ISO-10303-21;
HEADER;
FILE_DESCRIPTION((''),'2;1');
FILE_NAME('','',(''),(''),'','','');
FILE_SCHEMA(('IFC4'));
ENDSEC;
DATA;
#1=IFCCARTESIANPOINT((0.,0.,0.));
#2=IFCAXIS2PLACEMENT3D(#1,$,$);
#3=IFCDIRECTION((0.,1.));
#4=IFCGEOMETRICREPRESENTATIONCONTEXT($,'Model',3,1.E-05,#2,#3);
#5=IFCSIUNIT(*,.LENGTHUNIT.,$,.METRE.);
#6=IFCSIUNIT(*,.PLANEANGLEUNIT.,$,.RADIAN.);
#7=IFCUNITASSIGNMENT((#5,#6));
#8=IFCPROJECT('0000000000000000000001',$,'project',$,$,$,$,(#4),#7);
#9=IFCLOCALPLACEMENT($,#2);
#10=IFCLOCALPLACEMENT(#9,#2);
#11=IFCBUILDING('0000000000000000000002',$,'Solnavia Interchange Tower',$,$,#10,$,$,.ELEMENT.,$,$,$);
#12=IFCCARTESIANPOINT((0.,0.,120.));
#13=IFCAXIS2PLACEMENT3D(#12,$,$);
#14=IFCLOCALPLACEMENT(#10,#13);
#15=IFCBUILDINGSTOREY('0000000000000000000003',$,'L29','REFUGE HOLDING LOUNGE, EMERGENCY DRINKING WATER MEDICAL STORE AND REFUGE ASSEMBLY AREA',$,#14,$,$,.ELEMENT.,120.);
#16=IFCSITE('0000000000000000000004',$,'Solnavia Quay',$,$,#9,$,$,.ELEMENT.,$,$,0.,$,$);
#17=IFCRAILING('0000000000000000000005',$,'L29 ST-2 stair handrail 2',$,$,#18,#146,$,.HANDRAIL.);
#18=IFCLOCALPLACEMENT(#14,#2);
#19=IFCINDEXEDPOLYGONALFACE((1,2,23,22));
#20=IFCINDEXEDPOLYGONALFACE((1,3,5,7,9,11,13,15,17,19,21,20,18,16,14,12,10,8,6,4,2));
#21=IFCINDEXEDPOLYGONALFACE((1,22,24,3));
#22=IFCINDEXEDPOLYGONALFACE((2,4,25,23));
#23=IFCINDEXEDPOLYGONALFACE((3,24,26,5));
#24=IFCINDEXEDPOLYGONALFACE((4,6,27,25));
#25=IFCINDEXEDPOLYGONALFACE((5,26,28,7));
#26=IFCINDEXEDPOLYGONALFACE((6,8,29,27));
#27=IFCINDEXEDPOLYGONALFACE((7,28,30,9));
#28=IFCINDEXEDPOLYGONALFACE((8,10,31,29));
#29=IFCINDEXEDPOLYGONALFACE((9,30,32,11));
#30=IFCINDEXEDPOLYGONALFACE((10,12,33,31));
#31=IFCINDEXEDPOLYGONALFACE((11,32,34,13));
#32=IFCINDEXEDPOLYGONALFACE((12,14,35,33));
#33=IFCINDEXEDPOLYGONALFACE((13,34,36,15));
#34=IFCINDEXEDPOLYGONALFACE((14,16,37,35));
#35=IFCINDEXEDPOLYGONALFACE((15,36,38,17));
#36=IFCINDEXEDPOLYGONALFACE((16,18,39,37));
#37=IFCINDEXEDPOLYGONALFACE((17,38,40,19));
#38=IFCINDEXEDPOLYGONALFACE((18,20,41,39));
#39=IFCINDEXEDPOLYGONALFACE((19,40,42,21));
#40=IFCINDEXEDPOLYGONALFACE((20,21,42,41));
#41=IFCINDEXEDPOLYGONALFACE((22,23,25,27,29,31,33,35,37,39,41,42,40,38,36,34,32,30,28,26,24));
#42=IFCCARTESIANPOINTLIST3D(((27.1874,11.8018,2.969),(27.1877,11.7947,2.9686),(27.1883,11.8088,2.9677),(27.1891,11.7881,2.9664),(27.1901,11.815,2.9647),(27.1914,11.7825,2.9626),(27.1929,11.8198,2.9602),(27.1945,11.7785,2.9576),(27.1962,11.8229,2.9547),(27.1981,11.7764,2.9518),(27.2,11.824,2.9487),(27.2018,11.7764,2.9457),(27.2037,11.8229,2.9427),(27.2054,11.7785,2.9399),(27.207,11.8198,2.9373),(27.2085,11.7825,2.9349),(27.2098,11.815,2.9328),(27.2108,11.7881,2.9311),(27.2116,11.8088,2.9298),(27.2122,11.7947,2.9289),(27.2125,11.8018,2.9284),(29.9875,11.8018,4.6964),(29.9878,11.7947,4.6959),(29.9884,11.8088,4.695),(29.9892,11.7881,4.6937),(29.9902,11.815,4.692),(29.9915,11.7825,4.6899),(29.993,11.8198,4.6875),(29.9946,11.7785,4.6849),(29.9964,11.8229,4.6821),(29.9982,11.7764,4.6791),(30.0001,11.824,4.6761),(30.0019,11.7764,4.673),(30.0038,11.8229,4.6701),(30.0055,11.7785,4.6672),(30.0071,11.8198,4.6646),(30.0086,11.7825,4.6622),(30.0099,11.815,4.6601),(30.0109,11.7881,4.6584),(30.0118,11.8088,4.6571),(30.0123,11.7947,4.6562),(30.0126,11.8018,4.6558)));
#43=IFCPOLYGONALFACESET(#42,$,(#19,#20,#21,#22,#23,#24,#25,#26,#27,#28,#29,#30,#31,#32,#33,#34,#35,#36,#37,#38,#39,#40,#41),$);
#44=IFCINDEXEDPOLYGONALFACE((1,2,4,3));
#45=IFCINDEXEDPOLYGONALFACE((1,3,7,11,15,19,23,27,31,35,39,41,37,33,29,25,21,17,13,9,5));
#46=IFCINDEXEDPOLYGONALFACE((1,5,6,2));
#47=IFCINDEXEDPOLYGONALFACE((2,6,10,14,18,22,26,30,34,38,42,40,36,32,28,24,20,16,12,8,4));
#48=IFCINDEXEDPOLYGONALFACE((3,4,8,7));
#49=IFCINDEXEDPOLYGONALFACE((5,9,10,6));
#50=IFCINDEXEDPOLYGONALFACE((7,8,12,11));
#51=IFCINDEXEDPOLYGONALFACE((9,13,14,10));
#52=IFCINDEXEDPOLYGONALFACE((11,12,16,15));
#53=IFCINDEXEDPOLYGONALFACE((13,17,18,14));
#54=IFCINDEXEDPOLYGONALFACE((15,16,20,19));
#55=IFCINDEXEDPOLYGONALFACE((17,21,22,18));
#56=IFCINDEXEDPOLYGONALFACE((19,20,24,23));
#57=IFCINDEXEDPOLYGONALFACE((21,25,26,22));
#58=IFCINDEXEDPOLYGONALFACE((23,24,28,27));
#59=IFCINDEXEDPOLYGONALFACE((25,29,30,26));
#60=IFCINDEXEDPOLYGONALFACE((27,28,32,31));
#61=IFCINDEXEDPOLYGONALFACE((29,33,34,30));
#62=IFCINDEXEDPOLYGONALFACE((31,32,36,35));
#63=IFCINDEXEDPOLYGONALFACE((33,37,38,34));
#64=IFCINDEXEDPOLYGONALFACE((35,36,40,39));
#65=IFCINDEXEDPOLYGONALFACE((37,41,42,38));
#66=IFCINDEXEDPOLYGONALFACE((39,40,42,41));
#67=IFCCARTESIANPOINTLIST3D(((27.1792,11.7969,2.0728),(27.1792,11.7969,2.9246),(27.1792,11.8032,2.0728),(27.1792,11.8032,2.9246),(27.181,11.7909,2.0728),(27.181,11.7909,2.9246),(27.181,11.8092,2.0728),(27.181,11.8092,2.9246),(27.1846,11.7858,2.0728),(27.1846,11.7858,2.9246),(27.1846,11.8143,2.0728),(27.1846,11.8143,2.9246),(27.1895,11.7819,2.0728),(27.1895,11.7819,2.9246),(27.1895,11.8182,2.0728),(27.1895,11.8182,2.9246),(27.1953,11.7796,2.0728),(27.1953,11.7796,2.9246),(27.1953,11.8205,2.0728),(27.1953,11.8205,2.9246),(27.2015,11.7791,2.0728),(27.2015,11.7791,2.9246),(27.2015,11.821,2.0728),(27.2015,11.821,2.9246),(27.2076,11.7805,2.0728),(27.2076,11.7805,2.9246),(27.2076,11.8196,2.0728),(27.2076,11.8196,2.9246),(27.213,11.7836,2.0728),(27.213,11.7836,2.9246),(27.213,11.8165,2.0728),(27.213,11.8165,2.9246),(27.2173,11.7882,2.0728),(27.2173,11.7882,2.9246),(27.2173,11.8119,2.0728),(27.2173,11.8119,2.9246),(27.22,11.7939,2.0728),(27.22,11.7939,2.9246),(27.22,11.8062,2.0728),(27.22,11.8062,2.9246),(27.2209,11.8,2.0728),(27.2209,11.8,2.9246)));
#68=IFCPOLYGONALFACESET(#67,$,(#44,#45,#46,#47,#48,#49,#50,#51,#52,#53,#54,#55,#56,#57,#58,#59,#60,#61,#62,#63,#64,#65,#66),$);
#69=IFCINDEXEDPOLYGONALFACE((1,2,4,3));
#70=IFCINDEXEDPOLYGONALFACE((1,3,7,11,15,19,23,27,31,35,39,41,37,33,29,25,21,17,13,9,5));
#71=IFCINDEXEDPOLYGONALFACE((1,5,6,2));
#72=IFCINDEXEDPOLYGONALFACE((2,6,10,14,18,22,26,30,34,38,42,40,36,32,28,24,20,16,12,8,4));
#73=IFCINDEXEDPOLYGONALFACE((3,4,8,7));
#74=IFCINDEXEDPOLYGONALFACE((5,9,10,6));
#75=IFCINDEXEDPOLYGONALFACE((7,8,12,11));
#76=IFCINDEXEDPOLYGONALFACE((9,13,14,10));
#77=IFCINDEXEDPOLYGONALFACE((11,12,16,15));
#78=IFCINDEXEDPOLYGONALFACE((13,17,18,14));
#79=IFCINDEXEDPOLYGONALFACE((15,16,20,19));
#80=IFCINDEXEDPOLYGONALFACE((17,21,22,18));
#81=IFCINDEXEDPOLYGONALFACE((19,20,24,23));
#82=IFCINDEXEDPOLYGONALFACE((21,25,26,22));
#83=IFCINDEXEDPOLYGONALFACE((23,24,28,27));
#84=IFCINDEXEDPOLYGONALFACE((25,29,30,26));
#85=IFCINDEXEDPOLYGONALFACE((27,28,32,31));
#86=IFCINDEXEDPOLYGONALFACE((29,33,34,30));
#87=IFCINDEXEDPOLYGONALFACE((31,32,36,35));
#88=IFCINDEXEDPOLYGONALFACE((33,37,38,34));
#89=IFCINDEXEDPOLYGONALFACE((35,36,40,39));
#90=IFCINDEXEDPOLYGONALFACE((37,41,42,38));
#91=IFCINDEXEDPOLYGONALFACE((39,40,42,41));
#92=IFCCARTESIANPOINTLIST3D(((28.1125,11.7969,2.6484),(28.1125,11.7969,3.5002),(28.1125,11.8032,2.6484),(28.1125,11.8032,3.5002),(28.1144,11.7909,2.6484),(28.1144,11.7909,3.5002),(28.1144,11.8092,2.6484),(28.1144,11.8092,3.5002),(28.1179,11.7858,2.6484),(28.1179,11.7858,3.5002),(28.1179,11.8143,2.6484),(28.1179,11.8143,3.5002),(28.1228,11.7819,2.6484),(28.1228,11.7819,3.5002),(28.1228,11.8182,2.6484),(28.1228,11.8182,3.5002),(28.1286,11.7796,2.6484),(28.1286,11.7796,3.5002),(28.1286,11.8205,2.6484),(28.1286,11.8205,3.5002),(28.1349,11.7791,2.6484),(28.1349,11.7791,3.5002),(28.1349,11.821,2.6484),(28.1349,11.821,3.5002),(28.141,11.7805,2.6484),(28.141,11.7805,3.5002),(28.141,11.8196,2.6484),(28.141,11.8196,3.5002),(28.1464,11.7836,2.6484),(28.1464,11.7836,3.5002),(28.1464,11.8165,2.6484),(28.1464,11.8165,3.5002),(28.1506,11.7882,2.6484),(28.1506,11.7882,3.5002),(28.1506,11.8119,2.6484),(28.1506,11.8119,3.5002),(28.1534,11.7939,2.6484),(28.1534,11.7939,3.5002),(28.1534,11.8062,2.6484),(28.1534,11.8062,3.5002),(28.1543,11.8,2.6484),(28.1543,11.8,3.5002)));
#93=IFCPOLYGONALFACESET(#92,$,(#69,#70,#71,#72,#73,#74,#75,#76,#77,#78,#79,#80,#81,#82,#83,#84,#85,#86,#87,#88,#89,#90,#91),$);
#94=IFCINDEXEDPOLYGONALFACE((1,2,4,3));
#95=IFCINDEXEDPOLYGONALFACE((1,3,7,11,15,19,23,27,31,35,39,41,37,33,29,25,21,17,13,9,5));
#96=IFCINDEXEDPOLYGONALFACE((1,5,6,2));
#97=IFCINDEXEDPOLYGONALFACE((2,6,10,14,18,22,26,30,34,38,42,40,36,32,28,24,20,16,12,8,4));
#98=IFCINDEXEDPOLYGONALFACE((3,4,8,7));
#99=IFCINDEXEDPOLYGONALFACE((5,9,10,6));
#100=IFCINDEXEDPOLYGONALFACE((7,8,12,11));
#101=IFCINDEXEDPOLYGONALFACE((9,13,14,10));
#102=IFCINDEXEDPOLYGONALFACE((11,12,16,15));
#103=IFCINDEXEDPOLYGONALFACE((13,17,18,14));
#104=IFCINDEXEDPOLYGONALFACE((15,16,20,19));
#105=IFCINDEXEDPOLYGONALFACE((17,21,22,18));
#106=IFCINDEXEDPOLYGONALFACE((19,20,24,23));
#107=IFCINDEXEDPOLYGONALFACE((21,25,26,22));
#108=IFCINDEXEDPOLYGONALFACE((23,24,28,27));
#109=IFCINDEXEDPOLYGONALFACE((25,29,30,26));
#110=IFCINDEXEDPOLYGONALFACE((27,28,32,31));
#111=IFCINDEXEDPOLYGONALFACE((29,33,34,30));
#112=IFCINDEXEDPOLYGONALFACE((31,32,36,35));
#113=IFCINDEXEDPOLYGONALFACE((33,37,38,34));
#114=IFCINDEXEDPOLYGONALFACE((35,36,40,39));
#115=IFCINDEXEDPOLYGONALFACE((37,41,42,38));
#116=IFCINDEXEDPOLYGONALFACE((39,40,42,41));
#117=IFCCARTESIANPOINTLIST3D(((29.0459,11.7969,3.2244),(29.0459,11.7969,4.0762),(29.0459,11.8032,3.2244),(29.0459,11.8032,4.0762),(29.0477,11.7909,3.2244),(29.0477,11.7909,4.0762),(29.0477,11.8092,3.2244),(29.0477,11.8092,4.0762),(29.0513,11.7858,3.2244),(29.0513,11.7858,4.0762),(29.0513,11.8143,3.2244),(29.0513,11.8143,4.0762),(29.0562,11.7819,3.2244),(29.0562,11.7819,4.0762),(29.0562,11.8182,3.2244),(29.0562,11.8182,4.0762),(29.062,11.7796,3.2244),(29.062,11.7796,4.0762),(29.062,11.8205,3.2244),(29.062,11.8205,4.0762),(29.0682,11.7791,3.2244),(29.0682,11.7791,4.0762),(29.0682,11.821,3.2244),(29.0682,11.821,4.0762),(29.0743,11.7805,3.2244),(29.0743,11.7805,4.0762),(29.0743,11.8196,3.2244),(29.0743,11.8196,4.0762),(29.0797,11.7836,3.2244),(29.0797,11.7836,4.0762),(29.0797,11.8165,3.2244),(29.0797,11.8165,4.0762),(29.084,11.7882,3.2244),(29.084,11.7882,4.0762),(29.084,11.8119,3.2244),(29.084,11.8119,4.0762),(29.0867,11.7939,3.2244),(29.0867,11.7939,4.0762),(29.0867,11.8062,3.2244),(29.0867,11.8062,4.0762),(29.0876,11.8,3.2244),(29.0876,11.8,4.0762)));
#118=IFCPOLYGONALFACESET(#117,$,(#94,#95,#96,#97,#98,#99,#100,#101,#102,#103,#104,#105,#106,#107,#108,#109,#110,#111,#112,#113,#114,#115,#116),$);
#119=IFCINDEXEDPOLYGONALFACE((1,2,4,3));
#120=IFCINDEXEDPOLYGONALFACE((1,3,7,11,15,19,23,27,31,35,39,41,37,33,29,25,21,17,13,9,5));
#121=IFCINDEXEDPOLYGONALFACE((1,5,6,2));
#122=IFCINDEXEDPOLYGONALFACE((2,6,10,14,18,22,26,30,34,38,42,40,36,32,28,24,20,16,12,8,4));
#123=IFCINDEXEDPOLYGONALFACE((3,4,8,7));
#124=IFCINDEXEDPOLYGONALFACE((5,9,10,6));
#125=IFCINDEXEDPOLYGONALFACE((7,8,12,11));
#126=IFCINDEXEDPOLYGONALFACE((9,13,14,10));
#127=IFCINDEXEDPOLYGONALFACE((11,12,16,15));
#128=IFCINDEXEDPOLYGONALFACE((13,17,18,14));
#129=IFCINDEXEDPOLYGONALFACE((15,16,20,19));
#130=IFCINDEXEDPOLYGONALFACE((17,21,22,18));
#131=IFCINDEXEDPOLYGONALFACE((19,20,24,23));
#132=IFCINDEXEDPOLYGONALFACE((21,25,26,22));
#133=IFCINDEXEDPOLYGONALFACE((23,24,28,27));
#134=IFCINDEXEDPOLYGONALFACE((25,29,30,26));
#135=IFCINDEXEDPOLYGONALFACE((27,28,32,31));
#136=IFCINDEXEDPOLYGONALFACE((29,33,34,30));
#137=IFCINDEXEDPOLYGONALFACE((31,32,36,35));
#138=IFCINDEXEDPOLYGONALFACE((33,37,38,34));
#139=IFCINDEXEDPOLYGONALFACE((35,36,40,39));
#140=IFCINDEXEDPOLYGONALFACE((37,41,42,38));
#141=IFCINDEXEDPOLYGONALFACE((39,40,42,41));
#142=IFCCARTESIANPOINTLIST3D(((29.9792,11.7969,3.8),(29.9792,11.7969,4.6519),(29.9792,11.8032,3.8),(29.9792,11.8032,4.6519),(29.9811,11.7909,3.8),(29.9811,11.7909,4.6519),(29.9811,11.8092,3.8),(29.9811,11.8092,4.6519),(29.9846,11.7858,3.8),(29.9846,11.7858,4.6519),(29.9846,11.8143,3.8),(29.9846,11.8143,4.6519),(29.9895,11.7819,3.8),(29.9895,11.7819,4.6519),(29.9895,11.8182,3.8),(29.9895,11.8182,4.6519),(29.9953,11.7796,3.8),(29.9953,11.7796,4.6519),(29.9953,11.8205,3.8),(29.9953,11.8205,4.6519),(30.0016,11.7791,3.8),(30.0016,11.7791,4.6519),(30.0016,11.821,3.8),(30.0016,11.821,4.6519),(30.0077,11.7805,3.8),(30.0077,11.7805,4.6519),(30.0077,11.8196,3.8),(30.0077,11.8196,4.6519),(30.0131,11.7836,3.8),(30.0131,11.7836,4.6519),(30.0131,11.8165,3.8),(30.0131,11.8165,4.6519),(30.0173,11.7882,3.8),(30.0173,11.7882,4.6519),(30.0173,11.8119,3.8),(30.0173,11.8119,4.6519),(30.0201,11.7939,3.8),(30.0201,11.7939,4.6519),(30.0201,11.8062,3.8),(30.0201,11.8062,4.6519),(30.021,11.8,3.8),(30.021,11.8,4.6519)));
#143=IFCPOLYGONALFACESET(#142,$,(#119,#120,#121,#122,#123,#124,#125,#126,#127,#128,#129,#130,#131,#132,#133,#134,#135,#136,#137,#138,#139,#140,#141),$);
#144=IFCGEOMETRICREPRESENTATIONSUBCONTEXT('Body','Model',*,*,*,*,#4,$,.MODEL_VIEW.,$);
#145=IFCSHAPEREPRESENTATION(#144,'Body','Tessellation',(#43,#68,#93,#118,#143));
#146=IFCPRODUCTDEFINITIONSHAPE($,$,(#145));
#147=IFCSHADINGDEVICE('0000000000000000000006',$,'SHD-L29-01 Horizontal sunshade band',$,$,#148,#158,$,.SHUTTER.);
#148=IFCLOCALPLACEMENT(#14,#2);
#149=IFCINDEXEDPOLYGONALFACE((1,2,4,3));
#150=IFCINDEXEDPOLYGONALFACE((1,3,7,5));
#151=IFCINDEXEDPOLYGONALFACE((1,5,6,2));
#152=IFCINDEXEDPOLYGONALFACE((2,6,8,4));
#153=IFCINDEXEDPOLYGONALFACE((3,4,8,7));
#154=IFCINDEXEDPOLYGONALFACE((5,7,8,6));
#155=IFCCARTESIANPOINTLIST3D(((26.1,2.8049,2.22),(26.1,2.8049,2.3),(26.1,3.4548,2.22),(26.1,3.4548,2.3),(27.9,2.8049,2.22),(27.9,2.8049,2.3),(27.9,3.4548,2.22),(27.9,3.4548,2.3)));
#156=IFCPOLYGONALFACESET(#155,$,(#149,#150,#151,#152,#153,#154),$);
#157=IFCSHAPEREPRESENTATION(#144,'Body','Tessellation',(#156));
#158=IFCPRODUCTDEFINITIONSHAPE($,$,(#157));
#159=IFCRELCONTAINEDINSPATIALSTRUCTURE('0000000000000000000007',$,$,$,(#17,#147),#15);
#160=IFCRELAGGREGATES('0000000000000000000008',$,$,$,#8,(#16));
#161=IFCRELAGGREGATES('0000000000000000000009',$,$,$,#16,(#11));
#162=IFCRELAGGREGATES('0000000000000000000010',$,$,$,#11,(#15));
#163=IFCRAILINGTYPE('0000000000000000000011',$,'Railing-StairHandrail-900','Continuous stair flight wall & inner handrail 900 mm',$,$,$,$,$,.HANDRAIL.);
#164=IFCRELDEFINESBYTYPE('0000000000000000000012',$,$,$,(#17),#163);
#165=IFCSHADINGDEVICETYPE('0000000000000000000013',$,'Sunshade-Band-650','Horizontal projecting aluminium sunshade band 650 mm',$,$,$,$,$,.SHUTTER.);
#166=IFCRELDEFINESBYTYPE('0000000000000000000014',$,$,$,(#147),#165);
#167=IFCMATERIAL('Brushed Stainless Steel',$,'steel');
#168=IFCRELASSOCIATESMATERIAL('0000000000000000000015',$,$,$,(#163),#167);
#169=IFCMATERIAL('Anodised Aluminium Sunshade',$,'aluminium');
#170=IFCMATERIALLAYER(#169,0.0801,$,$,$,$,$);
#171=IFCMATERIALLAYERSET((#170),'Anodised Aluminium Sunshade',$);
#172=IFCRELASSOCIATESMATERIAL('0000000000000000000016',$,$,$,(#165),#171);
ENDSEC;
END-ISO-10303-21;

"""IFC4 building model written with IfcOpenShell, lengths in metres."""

from ifc_helpers import new_model, si_unit, direction, frame, origin, origin_2d, place, context, subcontext, project, spatial, rectangle, circle, extrude, material, layer, layer_set, type_object, element, save


model = new_model("IFC4")

# Units and contexts
model_context = context("Model", 3, precision=1e-05, world=origin(), true_north=direction((0.0, 1.0)))
body_context = subcontext(model_context, "Body", "Model", "MODEL_VIEW")
ifc_project = project(units=[si_unit("LENGTHUNIT", "METRE"), si_unit("PLANEANGLEUNIT", "RADIAN")], contexts=[model_context])

# Site, building, storey
site_placement = place(None, origin())
site = spatial("IfcSite", under=ifc_project, at=site_placement, Name="Solnavia Quay", CompositionType="ELEMENT", RefElevation=0.0)
building_placement = place(site_placement, origin())
building = spatial("IfcBuilding", under=site, at=building_placement, Name="Solnavia Interchange Tower", CompositionType="ELEMENT")
storey_placement = place(building_placement, frame((0.0, 0.0, 120.0)))
storey = spatial("IfcBuildingStorey", under=building, at=storey_placement, Name="L29", Description="REFUGE HOLDING LOUNGE, EMERGENCY DRINKING WATER MEDICAL STORE AND REFUGE ASSEMBLY AREA", CompositionType="ELEMENT", Elevation=120.0)

# Railing
ifc_material_1 = material(Name="Brushed Stainless Steel", Category="steel")
railing_type_1 = type_object("IfcRailingType", Name="Railing-StairHandrail-900", Description="Continuous stair flight wall & inner handrail 900 mm", PredefinedType="HANDRAIL", material=ifc_material_1)
railing_1_placement = place(storey_placement, frame((27.2, 11.8, 2.0728)))
element("IfcRailing", 1, at=railing_1_placement, inside=storey, type_object=railing_type_1, Name="L29 ST-2 stair handrail 2", PredefinedType="HANDRAIL", context=body_context, shape_type="SweptSolid", body=[
    extrude(circle(Radius=0.0239, at=origin_2d()), frame((0.0, 0.0, 0.876), z_axis=(0.85109, 0.0, 0.52502), x_axis=(0.0, 1.0, 0.0)), (0.0, 0.0, 1.0), 3.29),
    extrude(circle(Radius=0.021, at=origin_2d()), origin(), (0.0, 0.0, 1.0), 0.8518),
    extrude(circle(Radius=0.021, at=origin_2d()), frame((0.9333, 0.0, 0.5757)), (0.0, 0.0, 1.0), 0.8518),
    extrude(circle(Radius=0.021, at=origin_2d()), frame((1.8667, 0.0, 1.1516)), (0.0, 0.0, 1.0), 0.8518),
    extrude(circle(Radius=0.021, at=origin_2d()), frame((2.8, 0.0, 1.7273)), (0.0, 0.0, 1.0), 0.8518),
])

# Shading device
ifc_material_2 = material(Name="Anodised Aluminium Sunshade", Category="aluminium")
ifc_layer_1 = layer(ifc_material_2, 0.0801)
ifc_layer_set_1 = layer_set([ifc_layer_1], Name="Anodised Aluminium Sunshade")
shading_device_type = type_object("IfcShadingDeviceType", Name="Sunshade-Band-650", Description="Horizontal projecting aluminium sunshade band 650 mm", PredefinedType="SHUTTER", material=ifc_layer_set_1)
shading_device_placement = place(storey_placement, frame((27.0, 3.1299, 2.22), z_axis=(0.0, 0.0, 1.0), x_axis=(-1.0, 0.0, 0.0)))
element("IfcShadingDevice", 2, at=shading_device_placement, inside=storey, type_object=shading_device_type, Name="SHD-L29-01 Horizontal sunshade band", PredefinedType="SHUTTER", context=body_context, shape_type="SweptSolid", body=[
    extrude(rectangle(XDim=1.8, YDim=0.6499, at=origin_2d()), origin(), (0.0, 0.0, 1.0), 0.0801),
])

save(model, "model.ifc")
